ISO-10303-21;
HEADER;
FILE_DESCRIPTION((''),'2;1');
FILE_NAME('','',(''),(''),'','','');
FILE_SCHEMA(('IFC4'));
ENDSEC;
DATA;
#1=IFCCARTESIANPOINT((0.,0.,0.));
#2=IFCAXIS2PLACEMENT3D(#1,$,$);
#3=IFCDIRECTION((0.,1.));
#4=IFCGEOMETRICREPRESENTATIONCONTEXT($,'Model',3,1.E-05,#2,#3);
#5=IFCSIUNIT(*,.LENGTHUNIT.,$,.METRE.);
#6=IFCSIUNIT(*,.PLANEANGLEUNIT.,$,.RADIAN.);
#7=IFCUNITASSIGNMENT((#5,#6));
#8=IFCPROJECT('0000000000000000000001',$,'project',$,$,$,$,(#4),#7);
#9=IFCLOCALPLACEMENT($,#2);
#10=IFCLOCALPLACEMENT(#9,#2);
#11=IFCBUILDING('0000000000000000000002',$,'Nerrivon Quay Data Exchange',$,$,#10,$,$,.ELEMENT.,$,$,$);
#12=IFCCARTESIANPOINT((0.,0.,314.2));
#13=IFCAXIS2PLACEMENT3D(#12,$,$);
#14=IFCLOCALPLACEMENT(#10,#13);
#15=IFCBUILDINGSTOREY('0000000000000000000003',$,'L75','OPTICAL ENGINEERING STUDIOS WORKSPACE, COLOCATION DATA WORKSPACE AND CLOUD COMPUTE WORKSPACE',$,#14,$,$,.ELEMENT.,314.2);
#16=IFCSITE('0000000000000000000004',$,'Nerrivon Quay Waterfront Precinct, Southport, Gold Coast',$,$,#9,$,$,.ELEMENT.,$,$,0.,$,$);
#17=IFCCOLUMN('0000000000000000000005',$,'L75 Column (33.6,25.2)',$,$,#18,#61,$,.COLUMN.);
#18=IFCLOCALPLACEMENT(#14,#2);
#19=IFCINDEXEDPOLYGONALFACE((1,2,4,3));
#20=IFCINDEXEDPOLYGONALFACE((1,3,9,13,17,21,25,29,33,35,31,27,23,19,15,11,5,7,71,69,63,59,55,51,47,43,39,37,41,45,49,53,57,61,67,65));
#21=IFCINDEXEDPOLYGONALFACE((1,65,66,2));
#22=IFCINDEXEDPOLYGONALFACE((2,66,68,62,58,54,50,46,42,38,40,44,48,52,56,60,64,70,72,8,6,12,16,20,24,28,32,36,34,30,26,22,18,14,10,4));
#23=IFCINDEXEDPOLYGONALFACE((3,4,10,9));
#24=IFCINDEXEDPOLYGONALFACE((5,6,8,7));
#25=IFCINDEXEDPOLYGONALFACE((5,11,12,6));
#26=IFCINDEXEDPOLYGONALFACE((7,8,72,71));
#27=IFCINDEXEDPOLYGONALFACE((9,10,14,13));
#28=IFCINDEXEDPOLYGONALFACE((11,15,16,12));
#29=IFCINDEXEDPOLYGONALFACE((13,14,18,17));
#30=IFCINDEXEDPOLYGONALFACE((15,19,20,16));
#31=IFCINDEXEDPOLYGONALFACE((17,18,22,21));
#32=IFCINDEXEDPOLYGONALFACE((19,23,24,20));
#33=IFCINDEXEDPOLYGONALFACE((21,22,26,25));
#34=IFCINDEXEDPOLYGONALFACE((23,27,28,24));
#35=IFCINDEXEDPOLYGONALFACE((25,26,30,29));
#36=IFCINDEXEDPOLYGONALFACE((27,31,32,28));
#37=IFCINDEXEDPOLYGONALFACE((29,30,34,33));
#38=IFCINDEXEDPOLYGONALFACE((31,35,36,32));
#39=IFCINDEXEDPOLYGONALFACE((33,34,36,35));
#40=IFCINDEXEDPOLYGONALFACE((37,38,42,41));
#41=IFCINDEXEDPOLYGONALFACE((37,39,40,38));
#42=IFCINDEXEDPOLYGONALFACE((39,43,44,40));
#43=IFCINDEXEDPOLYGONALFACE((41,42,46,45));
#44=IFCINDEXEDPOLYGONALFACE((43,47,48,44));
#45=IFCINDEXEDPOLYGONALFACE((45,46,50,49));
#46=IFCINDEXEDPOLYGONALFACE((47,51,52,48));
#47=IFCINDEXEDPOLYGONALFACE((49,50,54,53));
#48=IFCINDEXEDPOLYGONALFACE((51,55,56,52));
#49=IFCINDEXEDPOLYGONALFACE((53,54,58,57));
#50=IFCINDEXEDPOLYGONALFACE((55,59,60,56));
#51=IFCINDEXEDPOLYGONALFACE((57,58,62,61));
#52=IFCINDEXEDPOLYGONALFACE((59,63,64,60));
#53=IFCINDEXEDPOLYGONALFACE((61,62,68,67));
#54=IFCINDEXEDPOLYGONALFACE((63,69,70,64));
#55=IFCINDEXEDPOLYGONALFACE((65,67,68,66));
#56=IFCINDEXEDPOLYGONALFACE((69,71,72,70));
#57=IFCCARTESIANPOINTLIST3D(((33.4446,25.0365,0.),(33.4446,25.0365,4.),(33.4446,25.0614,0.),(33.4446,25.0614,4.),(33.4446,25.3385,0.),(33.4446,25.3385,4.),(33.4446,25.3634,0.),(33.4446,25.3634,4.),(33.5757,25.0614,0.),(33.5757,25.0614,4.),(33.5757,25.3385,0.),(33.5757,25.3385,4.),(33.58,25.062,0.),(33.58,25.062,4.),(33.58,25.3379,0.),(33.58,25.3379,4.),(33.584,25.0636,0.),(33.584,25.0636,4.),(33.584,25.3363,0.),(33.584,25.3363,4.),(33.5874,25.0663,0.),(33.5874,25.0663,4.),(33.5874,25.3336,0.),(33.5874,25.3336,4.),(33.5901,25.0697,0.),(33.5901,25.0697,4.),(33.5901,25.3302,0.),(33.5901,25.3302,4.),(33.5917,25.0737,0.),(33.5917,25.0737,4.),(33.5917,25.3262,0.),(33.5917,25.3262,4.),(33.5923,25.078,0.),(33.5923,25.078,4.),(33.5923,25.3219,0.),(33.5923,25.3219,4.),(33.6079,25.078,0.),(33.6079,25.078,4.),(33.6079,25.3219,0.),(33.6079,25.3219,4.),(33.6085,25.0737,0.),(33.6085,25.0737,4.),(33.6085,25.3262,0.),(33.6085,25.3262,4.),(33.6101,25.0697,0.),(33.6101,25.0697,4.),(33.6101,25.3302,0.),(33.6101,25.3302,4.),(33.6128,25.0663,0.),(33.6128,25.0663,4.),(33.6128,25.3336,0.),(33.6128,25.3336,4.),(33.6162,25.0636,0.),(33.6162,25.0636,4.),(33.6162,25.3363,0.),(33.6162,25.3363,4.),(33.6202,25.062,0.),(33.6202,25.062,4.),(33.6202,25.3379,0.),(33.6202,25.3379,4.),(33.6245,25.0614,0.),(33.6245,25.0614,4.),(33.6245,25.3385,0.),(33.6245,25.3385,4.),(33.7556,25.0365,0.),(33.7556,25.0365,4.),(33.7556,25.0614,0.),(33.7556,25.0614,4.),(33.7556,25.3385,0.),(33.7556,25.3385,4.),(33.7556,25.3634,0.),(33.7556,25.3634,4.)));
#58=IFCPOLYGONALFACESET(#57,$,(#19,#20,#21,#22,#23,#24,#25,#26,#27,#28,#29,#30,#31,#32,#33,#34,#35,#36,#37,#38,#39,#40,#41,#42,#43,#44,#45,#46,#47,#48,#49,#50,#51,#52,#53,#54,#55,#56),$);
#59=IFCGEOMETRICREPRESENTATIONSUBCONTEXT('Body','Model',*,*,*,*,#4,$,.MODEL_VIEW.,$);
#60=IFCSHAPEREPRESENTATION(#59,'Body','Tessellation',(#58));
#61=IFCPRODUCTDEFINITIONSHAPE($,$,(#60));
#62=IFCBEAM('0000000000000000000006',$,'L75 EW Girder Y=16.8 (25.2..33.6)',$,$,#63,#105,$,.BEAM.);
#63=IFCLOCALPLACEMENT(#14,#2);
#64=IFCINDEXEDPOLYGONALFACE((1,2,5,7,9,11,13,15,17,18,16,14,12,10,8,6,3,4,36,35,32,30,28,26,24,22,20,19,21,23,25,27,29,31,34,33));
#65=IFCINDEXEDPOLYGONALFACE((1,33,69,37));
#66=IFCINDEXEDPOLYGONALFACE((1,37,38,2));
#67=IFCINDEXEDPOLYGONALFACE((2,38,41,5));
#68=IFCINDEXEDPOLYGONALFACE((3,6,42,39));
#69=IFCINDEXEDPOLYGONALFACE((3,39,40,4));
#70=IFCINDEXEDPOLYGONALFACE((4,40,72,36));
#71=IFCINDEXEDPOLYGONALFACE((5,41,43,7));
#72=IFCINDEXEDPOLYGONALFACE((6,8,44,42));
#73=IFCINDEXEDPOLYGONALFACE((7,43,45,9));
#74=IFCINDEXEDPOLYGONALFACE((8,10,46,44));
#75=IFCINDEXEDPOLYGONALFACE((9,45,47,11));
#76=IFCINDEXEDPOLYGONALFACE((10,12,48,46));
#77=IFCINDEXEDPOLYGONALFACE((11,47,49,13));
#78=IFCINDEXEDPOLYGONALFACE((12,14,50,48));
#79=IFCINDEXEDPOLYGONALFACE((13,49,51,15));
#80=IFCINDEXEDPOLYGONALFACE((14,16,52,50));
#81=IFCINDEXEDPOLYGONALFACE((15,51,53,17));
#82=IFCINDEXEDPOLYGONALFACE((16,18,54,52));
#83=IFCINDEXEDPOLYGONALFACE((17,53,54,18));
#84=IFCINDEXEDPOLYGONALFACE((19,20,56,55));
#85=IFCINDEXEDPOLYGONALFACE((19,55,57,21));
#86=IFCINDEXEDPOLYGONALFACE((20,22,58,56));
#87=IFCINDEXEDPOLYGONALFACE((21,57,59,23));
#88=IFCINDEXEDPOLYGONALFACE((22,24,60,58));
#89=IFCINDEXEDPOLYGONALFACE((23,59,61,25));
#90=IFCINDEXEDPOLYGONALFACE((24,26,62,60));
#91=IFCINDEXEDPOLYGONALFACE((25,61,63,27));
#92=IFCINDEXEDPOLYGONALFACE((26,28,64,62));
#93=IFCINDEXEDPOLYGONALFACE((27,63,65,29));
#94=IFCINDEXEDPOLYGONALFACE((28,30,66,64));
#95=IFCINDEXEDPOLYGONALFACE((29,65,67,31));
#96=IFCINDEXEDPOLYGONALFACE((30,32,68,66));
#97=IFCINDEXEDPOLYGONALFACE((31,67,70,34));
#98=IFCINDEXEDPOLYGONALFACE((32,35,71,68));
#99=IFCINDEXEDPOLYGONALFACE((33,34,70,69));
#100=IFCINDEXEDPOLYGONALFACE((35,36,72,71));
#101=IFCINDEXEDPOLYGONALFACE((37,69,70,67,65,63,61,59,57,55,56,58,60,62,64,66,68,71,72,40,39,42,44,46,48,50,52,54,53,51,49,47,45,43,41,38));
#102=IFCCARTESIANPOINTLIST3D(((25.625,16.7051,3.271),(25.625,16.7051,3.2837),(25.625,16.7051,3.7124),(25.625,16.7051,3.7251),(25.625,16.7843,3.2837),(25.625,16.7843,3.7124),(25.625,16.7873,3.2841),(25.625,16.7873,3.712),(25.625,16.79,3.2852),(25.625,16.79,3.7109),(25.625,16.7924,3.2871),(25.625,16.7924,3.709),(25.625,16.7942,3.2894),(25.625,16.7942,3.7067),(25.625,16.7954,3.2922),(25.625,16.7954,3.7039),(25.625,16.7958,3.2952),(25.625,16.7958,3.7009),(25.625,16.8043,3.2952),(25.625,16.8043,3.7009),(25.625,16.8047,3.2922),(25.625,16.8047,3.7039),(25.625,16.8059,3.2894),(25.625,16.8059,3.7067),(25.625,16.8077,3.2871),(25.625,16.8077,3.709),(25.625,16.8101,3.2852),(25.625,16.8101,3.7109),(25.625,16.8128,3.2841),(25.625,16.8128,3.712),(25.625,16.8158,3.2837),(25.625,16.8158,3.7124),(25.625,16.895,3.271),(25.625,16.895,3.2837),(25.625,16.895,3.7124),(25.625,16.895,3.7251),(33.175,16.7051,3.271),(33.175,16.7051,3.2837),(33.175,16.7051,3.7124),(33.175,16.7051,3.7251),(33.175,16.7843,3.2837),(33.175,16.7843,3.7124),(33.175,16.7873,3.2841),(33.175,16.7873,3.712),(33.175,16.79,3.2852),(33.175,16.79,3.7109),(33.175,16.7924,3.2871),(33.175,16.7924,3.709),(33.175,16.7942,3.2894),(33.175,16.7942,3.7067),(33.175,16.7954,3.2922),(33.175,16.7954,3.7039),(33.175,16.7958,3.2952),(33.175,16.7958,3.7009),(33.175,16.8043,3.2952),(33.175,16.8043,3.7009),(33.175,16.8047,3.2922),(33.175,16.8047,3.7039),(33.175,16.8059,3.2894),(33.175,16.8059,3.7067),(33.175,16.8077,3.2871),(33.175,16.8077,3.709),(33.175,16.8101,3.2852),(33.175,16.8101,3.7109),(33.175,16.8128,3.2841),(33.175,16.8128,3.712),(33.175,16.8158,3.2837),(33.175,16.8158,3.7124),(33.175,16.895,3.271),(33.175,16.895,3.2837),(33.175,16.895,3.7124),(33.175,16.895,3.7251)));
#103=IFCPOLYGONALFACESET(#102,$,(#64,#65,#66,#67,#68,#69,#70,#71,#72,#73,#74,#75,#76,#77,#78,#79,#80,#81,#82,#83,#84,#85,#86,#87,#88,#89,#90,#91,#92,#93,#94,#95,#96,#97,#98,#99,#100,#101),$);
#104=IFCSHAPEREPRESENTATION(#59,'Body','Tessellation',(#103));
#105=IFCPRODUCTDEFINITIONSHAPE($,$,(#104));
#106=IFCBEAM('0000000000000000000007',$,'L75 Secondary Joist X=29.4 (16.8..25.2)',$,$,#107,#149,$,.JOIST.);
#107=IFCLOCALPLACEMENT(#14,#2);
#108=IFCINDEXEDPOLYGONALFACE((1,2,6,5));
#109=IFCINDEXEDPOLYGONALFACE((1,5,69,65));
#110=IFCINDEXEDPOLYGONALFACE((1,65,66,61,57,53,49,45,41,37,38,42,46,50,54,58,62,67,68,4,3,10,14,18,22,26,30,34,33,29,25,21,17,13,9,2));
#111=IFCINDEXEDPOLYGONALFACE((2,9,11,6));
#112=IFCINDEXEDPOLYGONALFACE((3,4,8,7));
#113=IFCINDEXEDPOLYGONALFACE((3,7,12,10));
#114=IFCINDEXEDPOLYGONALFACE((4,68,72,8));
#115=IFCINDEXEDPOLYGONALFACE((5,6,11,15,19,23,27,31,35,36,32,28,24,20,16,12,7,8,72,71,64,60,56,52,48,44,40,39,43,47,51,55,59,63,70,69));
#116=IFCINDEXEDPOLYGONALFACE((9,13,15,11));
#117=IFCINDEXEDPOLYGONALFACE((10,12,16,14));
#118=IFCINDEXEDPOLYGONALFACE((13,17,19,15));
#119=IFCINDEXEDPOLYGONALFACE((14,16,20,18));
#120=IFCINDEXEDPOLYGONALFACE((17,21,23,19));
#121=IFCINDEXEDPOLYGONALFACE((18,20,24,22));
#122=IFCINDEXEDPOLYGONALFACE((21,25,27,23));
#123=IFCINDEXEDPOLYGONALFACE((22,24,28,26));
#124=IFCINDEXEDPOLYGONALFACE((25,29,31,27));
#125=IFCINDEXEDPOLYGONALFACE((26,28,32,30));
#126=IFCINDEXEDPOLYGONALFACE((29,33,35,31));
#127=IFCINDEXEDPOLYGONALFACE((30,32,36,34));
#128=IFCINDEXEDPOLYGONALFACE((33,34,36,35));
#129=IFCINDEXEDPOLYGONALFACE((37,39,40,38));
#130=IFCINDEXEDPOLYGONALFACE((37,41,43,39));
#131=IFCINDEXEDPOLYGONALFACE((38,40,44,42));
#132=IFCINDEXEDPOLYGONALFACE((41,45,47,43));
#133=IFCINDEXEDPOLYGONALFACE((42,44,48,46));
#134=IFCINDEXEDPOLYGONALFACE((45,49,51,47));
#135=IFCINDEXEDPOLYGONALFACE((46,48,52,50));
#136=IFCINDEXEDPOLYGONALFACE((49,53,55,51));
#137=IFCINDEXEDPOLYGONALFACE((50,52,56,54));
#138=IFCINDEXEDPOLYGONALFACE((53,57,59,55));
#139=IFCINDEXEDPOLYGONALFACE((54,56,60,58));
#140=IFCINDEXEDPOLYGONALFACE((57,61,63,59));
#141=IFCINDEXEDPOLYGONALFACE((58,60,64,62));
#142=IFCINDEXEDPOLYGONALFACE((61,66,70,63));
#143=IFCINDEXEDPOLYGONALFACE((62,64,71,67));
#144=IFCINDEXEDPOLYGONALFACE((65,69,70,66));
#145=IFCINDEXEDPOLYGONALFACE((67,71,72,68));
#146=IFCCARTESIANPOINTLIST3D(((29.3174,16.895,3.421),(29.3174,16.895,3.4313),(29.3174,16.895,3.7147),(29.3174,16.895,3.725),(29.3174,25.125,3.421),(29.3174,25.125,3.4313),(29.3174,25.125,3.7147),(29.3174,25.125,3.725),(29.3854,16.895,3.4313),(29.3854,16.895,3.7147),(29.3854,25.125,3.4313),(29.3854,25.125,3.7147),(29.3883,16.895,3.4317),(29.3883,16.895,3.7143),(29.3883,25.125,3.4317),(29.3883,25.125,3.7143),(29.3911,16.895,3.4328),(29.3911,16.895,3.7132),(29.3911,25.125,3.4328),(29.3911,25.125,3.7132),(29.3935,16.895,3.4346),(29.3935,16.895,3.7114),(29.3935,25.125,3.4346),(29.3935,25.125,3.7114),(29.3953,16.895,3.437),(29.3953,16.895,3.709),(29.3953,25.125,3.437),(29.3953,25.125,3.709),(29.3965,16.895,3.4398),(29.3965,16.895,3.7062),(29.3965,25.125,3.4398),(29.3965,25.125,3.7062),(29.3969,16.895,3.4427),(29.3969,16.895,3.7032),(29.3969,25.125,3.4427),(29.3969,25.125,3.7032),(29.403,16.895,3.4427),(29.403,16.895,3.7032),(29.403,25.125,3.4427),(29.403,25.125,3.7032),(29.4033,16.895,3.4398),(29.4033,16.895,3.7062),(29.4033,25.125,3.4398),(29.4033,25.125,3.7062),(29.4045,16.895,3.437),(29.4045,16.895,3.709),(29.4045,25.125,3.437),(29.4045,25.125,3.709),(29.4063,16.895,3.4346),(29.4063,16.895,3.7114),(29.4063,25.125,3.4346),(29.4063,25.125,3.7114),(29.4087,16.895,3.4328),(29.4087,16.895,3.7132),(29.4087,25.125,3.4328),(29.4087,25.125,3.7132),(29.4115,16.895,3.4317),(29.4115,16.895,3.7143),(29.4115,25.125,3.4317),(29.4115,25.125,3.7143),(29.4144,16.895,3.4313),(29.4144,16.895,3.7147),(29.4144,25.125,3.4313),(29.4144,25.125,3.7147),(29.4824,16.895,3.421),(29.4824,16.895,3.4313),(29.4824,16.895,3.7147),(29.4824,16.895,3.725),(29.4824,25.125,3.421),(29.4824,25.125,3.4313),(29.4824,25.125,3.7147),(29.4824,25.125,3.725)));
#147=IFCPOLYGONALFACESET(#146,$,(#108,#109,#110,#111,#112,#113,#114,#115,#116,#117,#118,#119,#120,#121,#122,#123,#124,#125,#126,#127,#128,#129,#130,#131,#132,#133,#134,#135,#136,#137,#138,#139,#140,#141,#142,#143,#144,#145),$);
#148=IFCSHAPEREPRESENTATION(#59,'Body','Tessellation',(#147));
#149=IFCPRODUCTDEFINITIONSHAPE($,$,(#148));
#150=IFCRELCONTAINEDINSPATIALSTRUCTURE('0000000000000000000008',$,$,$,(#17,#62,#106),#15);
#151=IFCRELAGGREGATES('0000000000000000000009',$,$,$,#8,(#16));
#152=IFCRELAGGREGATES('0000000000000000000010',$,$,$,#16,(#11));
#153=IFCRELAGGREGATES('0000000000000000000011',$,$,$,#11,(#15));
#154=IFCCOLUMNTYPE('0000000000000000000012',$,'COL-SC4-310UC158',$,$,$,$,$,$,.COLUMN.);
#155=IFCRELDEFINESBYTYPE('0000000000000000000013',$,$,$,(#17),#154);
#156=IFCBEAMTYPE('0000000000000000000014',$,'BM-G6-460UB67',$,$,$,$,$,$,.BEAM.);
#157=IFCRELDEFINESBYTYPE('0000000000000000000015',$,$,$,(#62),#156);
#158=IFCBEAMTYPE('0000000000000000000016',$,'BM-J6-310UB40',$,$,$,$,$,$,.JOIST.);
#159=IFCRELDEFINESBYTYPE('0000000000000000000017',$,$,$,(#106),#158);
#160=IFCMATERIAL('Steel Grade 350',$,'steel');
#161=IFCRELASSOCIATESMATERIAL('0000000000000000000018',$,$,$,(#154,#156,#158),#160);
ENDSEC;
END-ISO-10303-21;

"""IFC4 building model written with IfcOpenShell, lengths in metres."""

from ifc_helpers import new_model, si_unit, direction, frame, origin, origin_2d, place, context, subcontext, project, spatial, i_section, extrude, material, material_profile, profile_set, type_object, element, save


model = new_model("IFC4")

# Units and contexts
model_context = context("Model", 3, precision=1e-05, world=origin(), true_north=direction((0.0, 1.0)))
body_context = subcontext(model_context, "Body", "Model", "MODEL_VIEW")
ifc_project = project(units=[si_unit("LENGTHUNIT", "METRE"), si_unit("PLANEANGLEUNIT", "RADIAN")], contexts=[model_context])

# Site, building, storey
site_placement = place(None, origin())
site = spatial("IfcSite", under=ifc_project, at=site_placement, Name="Nerrivon Quay Waterfront Precinct, Southport, Gold Coast", CompositionType="ELEMENT", RefElevation=0.0)
building_placement = place(site_placement, origin())
building = spatial("IfcBuilding", under=site, at=building_placement, Name="Nerrivon Quay Data Exchange", CompositionType="ELEMENT")
storey_placement = place(building_placement, frame((0.0, 0.0, 314.2)))
storey = spatial("IfcBuildingStorey", under=building, at=storey_placement, Name="L75", Description="OPTICAL ENGINEERING STUDIOS WORKSPACE, COLOCATION DATA WORKSPACE AND CLOUD COMPUTE WORKSPACE", CompositionType="ELEMENT", Elevation=314.2)

# Column
ifc_material_1 = material(Name="Steel Grade 350", Category="steel")
ifc_material_profile_1 = material_profile(ifc_material_1, i_section(OverallWidth=0.311, OverallDepth=0.3269, WebThickness=0.0156, FlangeThickness=0.0249, FilletRadius=0.0166, at=origin_2d()), Name="310UC158")
ifc_profile_set_1 = profile_set([ifc_material_profile_1], Name="Steel Grade 350")
column_type = type_object("IfcColumnType", Name="COL-SC4-310UC158", PredefinedType="COLUMN", material=ifc_profile_set_1)
column_placement = place(storey_placement, frame((33.6001, 25.2, 0.0), z_axis=(0.0, 0.0, 1.0), x_axis=(1.0, 0.0, 0.0)))
element("IfcColumn", 1, at=column_placement, inside=storey, type_object=column_type, Name="L75 Column (33.6,25.2)", PredefinedType="COLUMN", context=body_context, shape_type="SweptSolid", body=[
    extrude(i_section(OverallWidth=0.311, OverallDepth=0.3269, WebThickness=0.0156, FlangeThickness=0.0249, FilletRadius=0.0166, at=origin_2d()), origin(), (0.0, 0.0, 1.0), 4.0),
])

# Beams
ifc_material_profile_2 = material_profile(ifc_material_1, i_section(OverallWidth=0.1899, OverallDepth=0.4541, WebThickness=0.0085, FlangeThickness=0.0127, FilletRadius=0.0115, at=origin_2d()), Name="460UB67.1")
ifc_profile_set_2 = profile_set([ifc_material_profile_2], Name="Steel Grade 350")
beam_type_1 = type_object("IfcBeamType", Name="BM-G6-460UB67", PredefinedType="BEAM", material=ifc_profile_set_2)
beam_1_placement = place(storey_placement, frame((25.625, 16.8, 3.498), z_axis=(1.0, 0.0, 0.0), x_axis=(0.0, 1.0, 0.0)))
element("IfcBeam", 2, at=beam_1_placement, inside=storey, type_object=beam_type_1, Name="L75 EW Girder Y=16.8 (25.2..33.6)", PredefinedType="BEAM", context=body_context, shape_type="SweptSolid", body=[
    extrude(i_section(OverallWidth=0.1899, OverallDepth=0.4541, WebThickness=0.0085, FlangeThickness=0.0127, FilletRadius=0.0115, at=origin_2d()), origin(), (0.0, 0.0, 1.0), 7.55),
])
ifc_material_profile_3 = material_profile(ifc_material_1, i_section(OverallWidth=0.165, OverallDepth=0.304, WebThickness=0.0061, FlangeThickness=0.0103, FilletRadius=0.0115, at=origin_2d()), Name="310UB40.4")
ifc_profile_set_3 = profile_set([ifc_material_profile_3], Name="Steel Grade 350")
beam_type_2 = type_object("IfcBeamType", Name="BM-J6-310UB40", PredefinedType="JOIST", material=ifc_profile_set_3)
beam_2_placement = place(storey_placement, frame((29.3999, 16.895, 3.573), z_axis=(0.0, 1.0, 0.0), x_axis=(-1.0, 0.0, 0.0)))
element("IfcBeam", 3, at=beam_2_placement, inside=storey, type_object=beam_type_2, Name="L75 Secondary Joist X=29.4 (16.8..25.2)", PredefinedType="JOIST", context=body_context, shape_type="SweptSolid", body=[
    extrude(i_section(OverallWidth=0.165, OverallDepth=0.304, WebThickness=0.0061, FlangeThickness=0.0103, FilletRadius=0.0115, at=origin_2d()), origin(), (0.0, 0.0, 1.0), 8.23),
])

save(model, "model.ifc")
